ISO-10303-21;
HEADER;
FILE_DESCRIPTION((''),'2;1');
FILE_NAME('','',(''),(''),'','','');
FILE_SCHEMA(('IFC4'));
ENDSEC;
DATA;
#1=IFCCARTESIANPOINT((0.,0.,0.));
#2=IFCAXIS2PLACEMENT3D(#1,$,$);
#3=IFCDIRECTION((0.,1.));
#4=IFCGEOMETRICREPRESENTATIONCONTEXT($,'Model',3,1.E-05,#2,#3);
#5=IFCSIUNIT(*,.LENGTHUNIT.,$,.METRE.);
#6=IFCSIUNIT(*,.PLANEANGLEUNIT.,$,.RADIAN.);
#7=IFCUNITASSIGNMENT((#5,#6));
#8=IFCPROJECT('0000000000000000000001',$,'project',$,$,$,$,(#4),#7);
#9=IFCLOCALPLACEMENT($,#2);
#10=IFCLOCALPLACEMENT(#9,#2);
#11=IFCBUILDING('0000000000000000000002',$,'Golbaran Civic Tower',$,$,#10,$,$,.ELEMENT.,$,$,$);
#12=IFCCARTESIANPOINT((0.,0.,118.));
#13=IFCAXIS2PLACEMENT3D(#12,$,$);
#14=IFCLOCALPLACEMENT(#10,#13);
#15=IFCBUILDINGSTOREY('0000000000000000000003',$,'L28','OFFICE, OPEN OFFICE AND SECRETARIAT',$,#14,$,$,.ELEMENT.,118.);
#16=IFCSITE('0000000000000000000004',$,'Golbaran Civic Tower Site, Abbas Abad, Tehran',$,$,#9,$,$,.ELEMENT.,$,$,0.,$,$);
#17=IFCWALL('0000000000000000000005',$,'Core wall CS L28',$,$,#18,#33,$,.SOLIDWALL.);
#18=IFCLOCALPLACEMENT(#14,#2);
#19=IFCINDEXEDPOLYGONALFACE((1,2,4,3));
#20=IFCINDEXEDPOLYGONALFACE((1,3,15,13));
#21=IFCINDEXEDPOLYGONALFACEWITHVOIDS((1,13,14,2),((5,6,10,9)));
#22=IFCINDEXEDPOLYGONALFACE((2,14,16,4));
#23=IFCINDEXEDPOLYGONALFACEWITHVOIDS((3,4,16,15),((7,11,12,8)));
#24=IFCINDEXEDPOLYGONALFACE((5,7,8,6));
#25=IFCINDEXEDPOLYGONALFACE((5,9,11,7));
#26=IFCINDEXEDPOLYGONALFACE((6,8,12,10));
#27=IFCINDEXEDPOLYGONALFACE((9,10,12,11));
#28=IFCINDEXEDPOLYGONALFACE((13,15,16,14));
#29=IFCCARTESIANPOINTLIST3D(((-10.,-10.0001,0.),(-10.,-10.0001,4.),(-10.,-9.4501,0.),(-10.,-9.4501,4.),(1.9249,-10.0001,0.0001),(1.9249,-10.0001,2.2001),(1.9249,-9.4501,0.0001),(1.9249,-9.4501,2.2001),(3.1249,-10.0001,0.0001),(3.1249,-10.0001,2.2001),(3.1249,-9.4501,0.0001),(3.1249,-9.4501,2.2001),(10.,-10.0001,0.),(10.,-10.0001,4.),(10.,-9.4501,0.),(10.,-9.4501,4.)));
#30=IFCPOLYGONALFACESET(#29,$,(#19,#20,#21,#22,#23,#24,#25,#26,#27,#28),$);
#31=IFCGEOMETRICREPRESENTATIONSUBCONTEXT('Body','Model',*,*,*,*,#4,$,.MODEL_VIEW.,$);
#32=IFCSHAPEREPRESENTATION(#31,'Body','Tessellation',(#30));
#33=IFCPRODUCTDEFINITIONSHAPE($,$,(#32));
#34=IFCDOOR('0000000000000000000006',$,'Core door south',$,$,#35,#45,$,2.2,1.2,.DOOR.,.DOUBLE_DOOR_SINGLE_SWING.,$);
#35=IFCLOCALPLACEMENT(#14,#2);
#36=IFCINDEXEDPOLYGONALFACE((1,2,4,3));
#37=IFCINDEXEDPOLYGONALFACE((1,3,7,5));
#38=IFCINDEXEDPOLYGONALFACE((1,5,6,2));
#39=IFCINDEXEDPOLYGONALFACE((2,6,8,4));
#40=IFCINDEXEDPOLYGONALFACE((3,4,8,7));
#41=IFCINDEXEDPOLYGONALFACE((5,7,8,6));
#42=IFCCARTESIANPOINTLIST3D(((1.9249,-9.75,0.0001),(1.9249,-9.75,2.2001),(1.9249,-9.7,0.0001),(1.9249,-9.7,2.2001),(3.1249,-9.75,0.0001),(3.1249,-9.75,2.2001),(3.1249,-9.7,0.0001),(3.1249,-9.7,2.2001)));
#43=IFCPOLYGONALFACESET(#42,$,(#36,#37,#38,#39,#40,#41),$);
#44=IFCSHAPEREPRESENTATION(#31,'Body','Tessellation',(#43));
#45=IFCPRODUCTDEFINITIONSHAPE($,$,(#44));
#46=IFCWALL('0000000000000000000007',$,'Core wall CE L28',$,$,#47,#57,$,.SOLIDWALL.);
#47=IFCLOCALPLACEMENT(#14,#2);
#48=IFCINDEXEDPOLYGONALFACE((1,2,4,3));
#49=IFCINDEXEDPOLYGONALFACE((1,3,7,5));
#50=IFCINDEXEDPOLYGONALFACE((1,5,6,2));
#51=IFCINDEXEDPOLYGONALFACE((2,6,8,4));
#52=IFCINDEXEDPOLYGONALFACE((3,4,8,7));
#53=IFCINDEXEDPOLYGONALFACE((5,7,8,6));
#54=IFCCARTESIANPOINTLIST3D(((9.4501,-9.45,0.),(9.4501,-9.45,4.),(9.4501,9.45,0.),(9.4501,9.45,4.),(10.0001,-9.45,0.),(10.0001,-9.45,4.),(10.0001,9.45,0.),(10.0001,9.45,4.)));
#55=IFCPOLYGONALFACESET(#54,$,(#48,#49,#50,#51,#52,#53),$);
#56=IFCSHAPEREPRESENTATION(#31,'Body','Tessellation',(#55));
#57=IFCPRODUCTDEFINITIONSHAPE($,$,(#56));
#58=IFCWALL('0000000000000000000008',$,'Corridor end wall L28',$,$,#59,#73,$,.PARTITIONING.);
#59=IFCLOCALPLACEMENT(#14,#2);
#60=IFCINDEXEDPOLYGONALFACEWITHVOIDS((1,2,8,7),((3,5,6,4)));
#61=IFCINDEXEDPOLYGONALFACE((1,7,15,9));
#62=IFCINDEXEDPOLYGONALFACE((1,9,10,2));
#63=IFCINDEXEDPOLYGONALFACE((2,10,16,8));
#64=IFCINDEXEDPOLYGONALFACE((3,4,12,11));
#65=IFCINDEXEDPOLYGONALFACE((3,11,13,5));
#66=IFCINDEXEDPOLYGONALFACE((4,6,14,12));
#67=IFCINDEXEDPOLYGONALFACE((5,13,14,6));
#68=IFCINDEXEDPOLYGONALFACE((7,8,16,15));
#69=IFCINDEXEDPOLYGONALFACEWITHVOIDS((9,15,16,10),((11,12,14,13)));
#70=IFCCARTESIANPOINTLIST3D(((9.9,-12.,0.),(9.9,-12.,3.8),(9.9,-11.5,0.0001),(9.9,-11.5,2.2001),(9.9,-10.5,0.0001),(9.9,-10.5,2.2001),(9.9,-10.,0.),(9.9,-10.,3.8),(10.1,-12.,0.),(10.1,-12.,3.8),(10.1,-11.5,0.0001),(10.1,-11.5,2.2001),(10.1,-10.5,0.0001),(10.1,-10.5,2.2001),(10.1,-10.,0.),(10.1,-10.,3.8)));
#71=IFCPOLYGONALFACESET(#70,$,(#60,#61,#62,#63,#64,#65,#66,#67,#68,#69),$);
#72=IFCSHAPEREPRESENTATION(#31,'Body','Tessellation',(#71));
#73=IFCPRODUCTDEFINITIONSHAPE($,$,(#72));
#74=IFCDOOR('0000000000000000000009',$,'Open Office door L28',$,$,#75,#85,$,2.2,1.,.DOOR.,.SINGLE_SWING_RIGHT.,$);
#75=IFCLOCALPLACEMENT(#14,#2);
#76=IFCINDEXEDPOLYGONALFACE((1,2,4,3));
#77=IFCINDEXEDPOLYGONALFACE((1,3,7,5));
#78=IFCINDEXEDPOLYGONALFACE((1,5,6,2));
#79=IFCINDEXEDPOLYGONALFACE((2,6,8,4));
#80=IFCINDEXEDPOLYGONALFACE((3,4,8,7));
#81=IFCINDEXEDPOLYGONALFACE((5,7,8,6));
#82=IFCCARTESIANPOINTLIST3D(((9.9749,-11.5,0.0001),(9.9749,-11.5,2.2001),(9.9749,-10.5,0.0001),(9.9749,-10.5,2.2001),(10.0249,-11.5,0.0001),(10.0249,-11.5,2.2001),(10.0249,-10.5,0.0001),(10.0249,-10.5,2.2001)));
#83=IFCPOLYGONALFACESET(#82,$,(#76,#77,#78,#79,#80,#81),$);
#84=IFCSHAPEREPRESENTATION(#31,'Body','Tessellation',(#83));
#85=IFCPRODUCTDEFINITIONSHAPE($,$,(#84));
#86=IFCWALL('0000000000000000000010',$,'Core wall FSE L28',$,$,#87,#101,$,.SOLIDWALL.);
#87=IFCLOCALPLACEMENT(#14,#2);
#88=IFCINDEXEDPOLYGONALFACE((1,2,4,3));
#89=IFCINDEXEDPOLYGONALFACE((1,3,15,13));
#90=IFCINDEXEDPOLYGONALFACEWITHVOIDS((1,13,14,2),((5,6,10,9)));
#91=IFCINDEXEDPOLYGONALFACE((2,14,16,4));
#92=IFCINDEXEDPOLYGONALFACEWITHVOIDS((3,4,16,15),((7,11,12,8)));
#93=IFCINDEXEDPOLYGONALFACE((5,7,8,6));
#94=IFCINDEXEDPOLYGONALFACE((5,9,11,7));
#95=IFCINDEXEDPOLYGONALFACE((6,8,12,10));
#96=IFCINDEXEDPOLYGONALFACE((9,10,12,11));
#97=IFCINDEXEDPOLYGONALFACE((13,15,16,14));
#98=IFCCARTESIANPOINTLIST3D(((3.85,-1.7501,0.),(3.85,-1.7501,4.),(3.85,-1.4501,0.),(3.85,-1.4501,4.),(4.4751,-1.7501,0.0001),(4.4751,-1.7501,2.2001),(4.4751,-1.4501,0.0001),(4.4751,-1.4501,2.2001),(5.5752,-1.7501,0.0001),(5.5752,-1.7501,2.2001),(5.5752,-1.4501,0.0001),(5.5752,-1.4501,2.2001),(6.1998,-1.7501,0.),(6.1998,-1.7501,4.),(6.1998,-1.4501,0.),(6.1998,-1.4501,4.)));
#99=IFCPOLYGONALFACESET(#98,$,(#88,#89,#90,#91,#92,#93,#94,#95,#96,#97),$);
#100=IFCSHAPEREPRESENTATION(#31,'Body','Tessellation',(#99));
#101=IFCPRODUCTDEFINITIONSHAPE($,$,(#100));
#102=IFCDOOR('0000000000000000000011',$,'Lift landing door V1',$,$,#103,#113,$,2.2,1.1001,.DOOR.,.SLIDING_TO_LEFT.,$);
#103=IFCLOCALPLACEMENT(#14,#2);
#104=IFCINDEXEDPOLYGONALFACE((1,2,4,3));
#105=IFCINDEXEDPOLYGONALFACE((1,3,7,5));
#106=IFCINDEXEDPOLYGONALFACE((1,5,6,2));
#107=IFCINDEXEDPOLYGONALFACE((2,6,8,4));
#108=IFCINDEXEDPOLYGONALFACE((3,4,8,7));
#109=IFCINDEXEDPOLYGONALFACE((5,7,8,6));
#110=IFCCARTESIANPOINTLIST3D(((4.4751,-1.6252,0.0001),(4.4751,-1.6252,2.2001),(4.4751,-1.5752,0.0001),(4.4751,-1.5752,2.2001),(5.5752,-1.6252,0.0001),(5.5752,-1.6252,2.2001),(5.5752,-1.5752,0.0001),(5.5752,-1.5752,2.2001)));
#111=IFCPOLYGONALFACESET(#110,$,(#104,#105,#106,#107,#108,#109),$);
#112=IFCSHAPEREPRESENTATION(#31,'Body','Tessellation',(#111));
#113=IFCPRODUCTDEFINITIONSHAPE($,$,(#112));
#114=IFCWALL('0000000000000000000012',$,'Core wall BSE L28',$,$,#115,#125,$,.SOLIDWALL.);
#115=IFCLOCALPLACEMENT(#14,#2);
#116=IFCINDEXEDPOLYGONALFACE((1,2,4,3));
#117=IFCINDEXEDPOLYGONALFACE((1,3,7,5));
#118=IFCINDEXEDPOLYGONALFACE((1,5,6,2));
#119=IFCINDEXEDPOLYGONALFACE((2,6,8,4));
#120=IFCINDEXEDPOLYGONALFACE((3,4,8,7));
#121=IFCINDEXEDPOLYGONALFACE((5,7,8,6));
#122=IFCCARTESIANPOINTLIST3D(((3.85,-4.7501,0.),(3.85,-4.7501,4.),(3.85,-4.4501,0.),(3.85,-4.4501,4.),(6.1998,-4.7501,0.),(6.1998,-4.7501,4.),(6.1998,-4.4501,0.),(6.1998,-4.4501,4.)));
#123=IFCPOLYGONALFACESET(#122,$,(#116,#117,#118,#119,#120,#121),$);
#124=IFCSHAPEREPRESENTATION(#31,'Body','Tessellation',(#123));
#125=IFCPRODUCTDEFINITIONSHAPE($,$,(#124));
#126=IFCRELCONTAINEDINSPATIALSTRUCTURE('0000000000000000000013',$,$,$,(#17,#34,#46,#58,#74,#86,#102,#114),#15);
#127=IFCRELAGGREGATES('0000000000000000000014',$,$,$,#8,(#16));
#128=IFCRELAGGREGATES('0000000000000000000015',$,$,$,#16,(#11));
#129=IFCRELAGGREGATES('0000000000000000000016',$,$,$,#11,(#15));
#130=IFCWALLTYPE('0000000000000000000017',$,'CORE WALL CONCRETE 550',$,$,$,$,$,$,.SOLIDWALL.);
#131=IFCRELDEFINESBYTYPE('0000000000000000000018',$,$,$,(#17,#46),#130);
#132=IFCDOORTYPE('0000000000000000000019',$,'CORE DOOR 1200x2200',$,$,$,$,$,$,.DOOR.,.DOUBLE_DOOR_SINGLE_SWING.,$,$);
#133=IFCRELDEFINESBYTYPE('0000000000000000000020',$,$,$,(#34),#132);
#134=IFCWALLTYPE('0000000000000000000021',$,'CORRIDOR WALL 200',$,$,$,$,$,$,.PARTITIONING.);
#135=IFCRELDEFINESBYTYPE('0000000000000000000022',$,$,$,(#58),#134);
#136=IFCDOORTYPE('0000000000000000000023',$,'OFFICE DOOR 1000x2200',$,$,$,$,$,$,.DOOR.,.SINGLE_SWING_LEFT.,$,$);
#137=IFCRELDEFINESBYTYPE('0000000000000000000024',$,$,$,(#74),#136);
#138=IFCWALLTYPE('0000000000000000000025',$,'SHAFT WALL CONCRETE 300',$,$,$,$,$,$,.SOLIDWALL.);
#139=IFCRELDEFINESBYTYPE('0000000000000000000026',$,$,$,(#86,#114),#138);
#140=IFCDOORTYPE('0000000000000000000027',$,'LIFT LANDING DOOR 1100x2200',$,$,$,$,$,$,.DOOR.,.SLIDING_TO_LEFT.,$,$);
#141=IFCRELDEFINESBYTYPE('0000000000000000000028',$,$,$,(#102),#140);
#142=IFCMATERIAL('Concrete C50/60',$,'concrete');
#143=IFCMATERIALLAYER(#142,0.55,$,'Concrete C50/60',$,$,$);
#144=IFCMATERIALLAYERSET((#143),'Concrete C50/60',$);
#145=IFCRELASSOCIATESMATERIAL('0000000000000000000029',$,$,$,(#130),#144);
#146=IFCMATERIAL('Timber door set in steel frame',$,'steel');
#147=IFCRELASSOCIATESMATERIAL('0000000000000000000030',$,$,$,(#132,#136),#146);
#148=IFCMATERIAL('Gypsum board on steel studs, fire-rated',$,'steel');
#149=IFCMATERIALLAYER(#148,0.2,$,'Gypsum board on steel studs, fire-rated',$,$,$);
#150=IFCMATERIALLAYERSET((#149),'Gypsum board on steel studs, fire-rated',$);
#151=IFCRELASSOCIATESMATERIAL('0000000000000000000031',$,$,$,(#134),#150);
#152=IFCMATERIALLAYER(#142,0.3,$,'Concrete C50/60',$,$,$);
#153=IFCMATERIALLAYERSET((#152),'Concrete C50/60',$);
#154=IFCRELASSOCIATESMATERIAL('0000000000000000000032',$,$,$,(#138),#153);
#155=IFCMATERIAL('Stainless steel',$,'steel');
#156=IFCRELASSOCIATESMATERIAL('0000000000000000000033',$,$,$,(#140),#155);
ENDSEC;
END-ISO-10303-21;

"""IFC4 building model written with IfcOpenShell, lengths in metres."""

from ifc_helpers import new_model, si_unit, direction, frame, frame_2d, origin, place, context, subcontext, project, spatial, rectangle, extrude, material, layer, layer_set, type_object, element, fill, save


model = new_model("IFC4")

# Units and contexts
model_context = context("Model", 3, precision=1e-05, world=origin(), true_north=direction((0.0, 1.0)))
body_context = subcontext(model_context, "Body", "Model", "MODEL_VIEW")
ifc_project = project(units=[si_unit("LENGTHUNIT", "METRE"), si_unit("PLANEANGLEUNIT", "RADIAN")], contexts=[model_context])

# Site, building, storey
site_placement = place(None, origin())
site = spatial("IfcSite", under=ifc_project, at=site_placement, Name="Golbaran Civic Tower Site, Abbas Abad, Tehran", CompositionType="ELEMENT", RefElevation=0.0)
building_placement = place(site_placement, origin())
building = spatial("IfcBuilding", under=site, at=building_placement, Name="Golbaran Civic Tower", CompositionType="ELEMENT")
storey_placement = place(building_placement, frame((0.0, 0.0, 118.0)))
storey = spatial("IfcBuildingStorey", under=building, at=storey_placement, Name="L28", Description="OFFICE, OPEN OFFICE AND SECRETARIAT", CompositionType="ELEMENT", Elevation=118.0)

# Wall, opening, door
ifc_material_1 = material(Name="Concrete C50/60", Category="concrete")
ifc_layer_1 = layer(ifc_material_1, 0.55, Name="Concrete C50/60")
ifc_layer_set_1 = layer_set([ifc_layer_1], Name="Concrete C50/60")
wall_type_1 = type_object("IfcWallType", Name="CORE WALL CONCRETE 550", PredefinedType="SOLIDWALL", material=ifc_layer_set_1)
wall_1_placement = place(storey_placement, frame((10.0, -9.7251, 0.0), z_axis=(0.0, 0.0, 1.0), x_axis=(-1.0, 0.0, 0.0)))
wall_1 = element("IfcWall", 1, at=wall_1_placement, inside=storey, type_object=wall_type_1, Name="Core wall CS L28", PredefinedType="SOLIDWALL", context=body_context, shape_type="SweptSolid", body=[
    extrude(rectangle(XDim=20.0, YDim=0.55, at=frame_2d((10.0, 0.0))), origin(), (0.0, 0.0, 1.0), 4.0),
])
opening_1_placement = place(wall_1_placement, frame((6.875, 0.0, 0.0)))
opening_1 = element("IfcOpeningElement", 2, at=opening_1_placement, cuts=wall_1, PredefinedType="OPENING", context=body_context, shape_type="SweptSolid", body=[
    extrude(rectangle(XDim=1.2, YDim=2.2, at=frame_2d((0.6001, 1.1001))), frame((0.0, 0.2849, 0.0), z_axis=(0.0, -1.0, 0.0), x_axis=(1.0, 0.0, 0.0)), (0.0, 0.0, 1.0), 0.5701),
])
ifc_material_2 = material(Name="Timber door set in steel frame", Category="steel")
door_type_1 = type_object("IfcDoorType", Name="CORE DOOR 1200x2200", OperationType="DOUBLE_DOOR_SINGLE_SWING", PredefinedType="DOOR", material=ifc_material_2)
door_1_placement = place(opening_1_placement, origin())
door_1 = element("IfcDoor", 3, at=door_1_placement, inside=storey, type_object=door_type_1, Name="Core door south", OperationType="DOUBLE_DOOR_SINGLE_SWING", OverallHeight=2.2, OverallWidth=1.2, PredefinedType="DOOR", context=body_context, shape_type="SweptSolid", body=[
    extrude(rectangle(XDim=1.2, YDim=2.2, at=frame_2d((0.6001, 1.1001))), frame((0.0, 0.0249, 0.0), z_axis=(0.0, -1.0, 0.0), x_axis=(1.0, 0.0, 0.0)), (0.0, 0.0, 1.0), 0.05),
])
fill(opening_1, door_1)

# Wall
wall_2_placement = place(storey_placement, frame((9.7251, -9.45, 0.0), z_axis=(0.0, 0.0, 1.0), x_axis=(0.0, 1.0, 0.0)))
element("IfcWall", 4, at=wall_2_placement, inside=storey, type_object=wall_type_1, Name="Core wall CE L28", PredefinedType="SOLIDWALL", context=body_context, shape_type="SweptSolid", body=[
    extrude(rectangle(XDim=18.8999, YDim=0.55, at=frame_2d((9.45, 0.0))), origin(), (0.0, 0.0, 1.0), 4.0),
])

# Walls, openings, doors
ifc_material_3 = material(Name="Gypsum board on steel studs, fire-rated", Category="steel")
ifc_layer_2 = layer(ifc_material_3, 0.2, Name="Gypsum board on steel studs, fire-rated")
ifc_layer_set_2 = layer_set([ifc_layer_2], Name="Gypsum board on steel studs, fire-rated")
wall_type_2 = type_object("IfcWallType", Name="CORRIDOR WALL 200", PredefinedType="PARTITIONING", material=ifc_layer_set_2)
wall_3_placement = place(storey_placement, frame((10.0, -10.0, 0.0), z_axis=(0.0, 0.0, 1.0), x_axis=(0.0, -1.0, 0.0)))
wall_3 = element("IfcWall", 5, at=wall_3_placement, inside=storey, type_object=wall_type_2, Name="Corridor end wall L28", PredefinedType="PARTITIONING", context=body_context, shape_type="SweptSolid", body=[
    extrude(rectangle(XDim=2.0, YDim=0.2, at=frame_2d((1.0, 0.0))), origin(), (0.0, 0.0, 1.0), 3.8),
])
opening_2_placement = place(wall_3_placement, frame((0.5, 0.0, 0.0)))
opening_2 = element("IfcOpeningElement", 6, at=opening_2_placement, cuts=wall_3, PredefinedType="OPENING", context=body_context, shape_type="SweptSolid", body=[
    extrude(rectangle(XDim=1.0, YDim=2.2, at=frame_2d((0.5, 1.1001))), frame((0.0, 0.1099, 0.0), z_axis=(0.0, -1.0, 0.0), x_axis=(1.0, 0.0, 0.0)), (0.0, 0.0, 1.0), 0.22),
])
door_type_2 = type_object("IfcDoorType", Name="OFFICE DOOR 1000x2200", OperationType="SINGLE_SWING_LEFT", PredefinedType="DOOR", material=ifc_material_2)
door_2_placement = place(opening_2_placement, origin())
door_2 = element("IfcDoor", 7, at=door_2_placement, inside=storey, type_object=door_type_2, Name="Open Office door L28", OperationType="SINGLE_SWING_RIGHT", OverallHeight=2.2, OverallWidth=1.0, PredefinedType="DOOR", context=body_context, shape_type="SweptSolid", body=[
    extrude(rectangle(XDim=1.0, YDim=2.2, at=frame_2d((0.5, 1.1001))), frame((0.0, 0.0249, 0.0), z_axis=(0.0, -1.0, 0.0), x_axis=(1.0, 0.0, 0.0)), (0.0, 0.0, 1.0), 0.05),
])
fill(opening_2, door_2)
ifc_layer_3 = layer(ifc_material_1, 0.3, Name="Concrete C50/60")
ifc_layer_set_3 = layer_set([ifc_layer_3], Name="Concrete C50/60")
wall_type_3 = type_object("IfcWallType", Name="SHAFT WALL CONCRETE 300", PredefinedType="SOLIDWALL", material=ifc_layer_set_3)
wall_4_placement = place(storey_placement, frame((3.8501, -1.6001, 0.0), z_axis=(0.0, 0.0, 1.0), x_axis=(1.0, 0.0, 0.0)))
wall_4 = element("IfcWall", 8, at=wall_4_placement, inside=storey, type_object=wall_type_3, Name="Core wall FSE L28", PredefinedType="SOLIDWALL", context=body_context, shape_type="SweptSolid", body=[
    extrude(rectangle(XDim=2.3499, YDim=0.3, at=frame_2d((1.1748, 0.0))), origin(), (0.0, 0.0, 1.0), 4.0),
])
opening_3_placement = place(wall_4_placement, frame((0.625, 0.0, 0.0)))
opening_3 = element("IfcOpeningElement", 9, at=opening_3_placement, cuts=wall_4, PredefinedType="OPENING", context=body_context, shape_type="SweptSolid", body=[
    extrude(rectangle(XDim=1.1001, YDim=2.2, at=frame_2d((0.55, 1.1001))), frame((0.0, 0.1599, 0.0), z_axis=(0.0, -1.0, 0.0), x_axis=(1.0, 0.0, 0.0)), (0.0, 0.0, 1.0), 0.3201),
])
ifc_material_4 = material(Name="Stainless steel", Category="steel")
door_type_3 = type_object("IfcDoorType", Name="LIFT LANDING DOOR 1100x2200", OperationType="SLIDING_TO_LEFT", PredefinedType="DOOR", material=ifc_material_4)
door_3_placement = place(opening_3_placement, origin())
door_3 = element("IfcDoor", 10, at=door_3_placement, inside=storey, type_object=door_type_3, Name="Lift landing door V1", OperationType="SLIDING_TO_LEFT", OverallHeight=2.2, OverallWidth=1.1001, PredefinedType="DOOR", context=body_context, shape_type="SweptSolid", body=[
    extrude(rectangle(XDim=1.1001, YDim=2.2, at=frame_2d((0.55, 1.1001))), frame((0.0, 0.0249, 0.0), z_axis=(0.0, -1.0, 0.0), x_axis=(1.0, 0.0, 0.0)), (0.0, 0.0, 1.0), 0.05),
])
fill(opening_3, door_3)

# Wall
wall_5_placement = place(storey_placement, frame((3.8501, -4.6001, 0.0), z_axis=(0.0, 0.0, 1.0), x_axis=(1.0, 0.0, 0.0)))
element("IfcWall", 11, at=wall_5_placement, inside=storey, type_object=wall_type_3, Name="Core wall BSE L28", PredefinedType="SOLIDWALL", context=body_context, shape_type="SweptSolid", body=[
    extrude(rectangle(XDim=2.3499, YDim=0.3, at=frame_2d((1.1748, 0.0))), origin(), (0.0, 0.0, 1.0), 4.0),
])

save(model, "model.ifc")
